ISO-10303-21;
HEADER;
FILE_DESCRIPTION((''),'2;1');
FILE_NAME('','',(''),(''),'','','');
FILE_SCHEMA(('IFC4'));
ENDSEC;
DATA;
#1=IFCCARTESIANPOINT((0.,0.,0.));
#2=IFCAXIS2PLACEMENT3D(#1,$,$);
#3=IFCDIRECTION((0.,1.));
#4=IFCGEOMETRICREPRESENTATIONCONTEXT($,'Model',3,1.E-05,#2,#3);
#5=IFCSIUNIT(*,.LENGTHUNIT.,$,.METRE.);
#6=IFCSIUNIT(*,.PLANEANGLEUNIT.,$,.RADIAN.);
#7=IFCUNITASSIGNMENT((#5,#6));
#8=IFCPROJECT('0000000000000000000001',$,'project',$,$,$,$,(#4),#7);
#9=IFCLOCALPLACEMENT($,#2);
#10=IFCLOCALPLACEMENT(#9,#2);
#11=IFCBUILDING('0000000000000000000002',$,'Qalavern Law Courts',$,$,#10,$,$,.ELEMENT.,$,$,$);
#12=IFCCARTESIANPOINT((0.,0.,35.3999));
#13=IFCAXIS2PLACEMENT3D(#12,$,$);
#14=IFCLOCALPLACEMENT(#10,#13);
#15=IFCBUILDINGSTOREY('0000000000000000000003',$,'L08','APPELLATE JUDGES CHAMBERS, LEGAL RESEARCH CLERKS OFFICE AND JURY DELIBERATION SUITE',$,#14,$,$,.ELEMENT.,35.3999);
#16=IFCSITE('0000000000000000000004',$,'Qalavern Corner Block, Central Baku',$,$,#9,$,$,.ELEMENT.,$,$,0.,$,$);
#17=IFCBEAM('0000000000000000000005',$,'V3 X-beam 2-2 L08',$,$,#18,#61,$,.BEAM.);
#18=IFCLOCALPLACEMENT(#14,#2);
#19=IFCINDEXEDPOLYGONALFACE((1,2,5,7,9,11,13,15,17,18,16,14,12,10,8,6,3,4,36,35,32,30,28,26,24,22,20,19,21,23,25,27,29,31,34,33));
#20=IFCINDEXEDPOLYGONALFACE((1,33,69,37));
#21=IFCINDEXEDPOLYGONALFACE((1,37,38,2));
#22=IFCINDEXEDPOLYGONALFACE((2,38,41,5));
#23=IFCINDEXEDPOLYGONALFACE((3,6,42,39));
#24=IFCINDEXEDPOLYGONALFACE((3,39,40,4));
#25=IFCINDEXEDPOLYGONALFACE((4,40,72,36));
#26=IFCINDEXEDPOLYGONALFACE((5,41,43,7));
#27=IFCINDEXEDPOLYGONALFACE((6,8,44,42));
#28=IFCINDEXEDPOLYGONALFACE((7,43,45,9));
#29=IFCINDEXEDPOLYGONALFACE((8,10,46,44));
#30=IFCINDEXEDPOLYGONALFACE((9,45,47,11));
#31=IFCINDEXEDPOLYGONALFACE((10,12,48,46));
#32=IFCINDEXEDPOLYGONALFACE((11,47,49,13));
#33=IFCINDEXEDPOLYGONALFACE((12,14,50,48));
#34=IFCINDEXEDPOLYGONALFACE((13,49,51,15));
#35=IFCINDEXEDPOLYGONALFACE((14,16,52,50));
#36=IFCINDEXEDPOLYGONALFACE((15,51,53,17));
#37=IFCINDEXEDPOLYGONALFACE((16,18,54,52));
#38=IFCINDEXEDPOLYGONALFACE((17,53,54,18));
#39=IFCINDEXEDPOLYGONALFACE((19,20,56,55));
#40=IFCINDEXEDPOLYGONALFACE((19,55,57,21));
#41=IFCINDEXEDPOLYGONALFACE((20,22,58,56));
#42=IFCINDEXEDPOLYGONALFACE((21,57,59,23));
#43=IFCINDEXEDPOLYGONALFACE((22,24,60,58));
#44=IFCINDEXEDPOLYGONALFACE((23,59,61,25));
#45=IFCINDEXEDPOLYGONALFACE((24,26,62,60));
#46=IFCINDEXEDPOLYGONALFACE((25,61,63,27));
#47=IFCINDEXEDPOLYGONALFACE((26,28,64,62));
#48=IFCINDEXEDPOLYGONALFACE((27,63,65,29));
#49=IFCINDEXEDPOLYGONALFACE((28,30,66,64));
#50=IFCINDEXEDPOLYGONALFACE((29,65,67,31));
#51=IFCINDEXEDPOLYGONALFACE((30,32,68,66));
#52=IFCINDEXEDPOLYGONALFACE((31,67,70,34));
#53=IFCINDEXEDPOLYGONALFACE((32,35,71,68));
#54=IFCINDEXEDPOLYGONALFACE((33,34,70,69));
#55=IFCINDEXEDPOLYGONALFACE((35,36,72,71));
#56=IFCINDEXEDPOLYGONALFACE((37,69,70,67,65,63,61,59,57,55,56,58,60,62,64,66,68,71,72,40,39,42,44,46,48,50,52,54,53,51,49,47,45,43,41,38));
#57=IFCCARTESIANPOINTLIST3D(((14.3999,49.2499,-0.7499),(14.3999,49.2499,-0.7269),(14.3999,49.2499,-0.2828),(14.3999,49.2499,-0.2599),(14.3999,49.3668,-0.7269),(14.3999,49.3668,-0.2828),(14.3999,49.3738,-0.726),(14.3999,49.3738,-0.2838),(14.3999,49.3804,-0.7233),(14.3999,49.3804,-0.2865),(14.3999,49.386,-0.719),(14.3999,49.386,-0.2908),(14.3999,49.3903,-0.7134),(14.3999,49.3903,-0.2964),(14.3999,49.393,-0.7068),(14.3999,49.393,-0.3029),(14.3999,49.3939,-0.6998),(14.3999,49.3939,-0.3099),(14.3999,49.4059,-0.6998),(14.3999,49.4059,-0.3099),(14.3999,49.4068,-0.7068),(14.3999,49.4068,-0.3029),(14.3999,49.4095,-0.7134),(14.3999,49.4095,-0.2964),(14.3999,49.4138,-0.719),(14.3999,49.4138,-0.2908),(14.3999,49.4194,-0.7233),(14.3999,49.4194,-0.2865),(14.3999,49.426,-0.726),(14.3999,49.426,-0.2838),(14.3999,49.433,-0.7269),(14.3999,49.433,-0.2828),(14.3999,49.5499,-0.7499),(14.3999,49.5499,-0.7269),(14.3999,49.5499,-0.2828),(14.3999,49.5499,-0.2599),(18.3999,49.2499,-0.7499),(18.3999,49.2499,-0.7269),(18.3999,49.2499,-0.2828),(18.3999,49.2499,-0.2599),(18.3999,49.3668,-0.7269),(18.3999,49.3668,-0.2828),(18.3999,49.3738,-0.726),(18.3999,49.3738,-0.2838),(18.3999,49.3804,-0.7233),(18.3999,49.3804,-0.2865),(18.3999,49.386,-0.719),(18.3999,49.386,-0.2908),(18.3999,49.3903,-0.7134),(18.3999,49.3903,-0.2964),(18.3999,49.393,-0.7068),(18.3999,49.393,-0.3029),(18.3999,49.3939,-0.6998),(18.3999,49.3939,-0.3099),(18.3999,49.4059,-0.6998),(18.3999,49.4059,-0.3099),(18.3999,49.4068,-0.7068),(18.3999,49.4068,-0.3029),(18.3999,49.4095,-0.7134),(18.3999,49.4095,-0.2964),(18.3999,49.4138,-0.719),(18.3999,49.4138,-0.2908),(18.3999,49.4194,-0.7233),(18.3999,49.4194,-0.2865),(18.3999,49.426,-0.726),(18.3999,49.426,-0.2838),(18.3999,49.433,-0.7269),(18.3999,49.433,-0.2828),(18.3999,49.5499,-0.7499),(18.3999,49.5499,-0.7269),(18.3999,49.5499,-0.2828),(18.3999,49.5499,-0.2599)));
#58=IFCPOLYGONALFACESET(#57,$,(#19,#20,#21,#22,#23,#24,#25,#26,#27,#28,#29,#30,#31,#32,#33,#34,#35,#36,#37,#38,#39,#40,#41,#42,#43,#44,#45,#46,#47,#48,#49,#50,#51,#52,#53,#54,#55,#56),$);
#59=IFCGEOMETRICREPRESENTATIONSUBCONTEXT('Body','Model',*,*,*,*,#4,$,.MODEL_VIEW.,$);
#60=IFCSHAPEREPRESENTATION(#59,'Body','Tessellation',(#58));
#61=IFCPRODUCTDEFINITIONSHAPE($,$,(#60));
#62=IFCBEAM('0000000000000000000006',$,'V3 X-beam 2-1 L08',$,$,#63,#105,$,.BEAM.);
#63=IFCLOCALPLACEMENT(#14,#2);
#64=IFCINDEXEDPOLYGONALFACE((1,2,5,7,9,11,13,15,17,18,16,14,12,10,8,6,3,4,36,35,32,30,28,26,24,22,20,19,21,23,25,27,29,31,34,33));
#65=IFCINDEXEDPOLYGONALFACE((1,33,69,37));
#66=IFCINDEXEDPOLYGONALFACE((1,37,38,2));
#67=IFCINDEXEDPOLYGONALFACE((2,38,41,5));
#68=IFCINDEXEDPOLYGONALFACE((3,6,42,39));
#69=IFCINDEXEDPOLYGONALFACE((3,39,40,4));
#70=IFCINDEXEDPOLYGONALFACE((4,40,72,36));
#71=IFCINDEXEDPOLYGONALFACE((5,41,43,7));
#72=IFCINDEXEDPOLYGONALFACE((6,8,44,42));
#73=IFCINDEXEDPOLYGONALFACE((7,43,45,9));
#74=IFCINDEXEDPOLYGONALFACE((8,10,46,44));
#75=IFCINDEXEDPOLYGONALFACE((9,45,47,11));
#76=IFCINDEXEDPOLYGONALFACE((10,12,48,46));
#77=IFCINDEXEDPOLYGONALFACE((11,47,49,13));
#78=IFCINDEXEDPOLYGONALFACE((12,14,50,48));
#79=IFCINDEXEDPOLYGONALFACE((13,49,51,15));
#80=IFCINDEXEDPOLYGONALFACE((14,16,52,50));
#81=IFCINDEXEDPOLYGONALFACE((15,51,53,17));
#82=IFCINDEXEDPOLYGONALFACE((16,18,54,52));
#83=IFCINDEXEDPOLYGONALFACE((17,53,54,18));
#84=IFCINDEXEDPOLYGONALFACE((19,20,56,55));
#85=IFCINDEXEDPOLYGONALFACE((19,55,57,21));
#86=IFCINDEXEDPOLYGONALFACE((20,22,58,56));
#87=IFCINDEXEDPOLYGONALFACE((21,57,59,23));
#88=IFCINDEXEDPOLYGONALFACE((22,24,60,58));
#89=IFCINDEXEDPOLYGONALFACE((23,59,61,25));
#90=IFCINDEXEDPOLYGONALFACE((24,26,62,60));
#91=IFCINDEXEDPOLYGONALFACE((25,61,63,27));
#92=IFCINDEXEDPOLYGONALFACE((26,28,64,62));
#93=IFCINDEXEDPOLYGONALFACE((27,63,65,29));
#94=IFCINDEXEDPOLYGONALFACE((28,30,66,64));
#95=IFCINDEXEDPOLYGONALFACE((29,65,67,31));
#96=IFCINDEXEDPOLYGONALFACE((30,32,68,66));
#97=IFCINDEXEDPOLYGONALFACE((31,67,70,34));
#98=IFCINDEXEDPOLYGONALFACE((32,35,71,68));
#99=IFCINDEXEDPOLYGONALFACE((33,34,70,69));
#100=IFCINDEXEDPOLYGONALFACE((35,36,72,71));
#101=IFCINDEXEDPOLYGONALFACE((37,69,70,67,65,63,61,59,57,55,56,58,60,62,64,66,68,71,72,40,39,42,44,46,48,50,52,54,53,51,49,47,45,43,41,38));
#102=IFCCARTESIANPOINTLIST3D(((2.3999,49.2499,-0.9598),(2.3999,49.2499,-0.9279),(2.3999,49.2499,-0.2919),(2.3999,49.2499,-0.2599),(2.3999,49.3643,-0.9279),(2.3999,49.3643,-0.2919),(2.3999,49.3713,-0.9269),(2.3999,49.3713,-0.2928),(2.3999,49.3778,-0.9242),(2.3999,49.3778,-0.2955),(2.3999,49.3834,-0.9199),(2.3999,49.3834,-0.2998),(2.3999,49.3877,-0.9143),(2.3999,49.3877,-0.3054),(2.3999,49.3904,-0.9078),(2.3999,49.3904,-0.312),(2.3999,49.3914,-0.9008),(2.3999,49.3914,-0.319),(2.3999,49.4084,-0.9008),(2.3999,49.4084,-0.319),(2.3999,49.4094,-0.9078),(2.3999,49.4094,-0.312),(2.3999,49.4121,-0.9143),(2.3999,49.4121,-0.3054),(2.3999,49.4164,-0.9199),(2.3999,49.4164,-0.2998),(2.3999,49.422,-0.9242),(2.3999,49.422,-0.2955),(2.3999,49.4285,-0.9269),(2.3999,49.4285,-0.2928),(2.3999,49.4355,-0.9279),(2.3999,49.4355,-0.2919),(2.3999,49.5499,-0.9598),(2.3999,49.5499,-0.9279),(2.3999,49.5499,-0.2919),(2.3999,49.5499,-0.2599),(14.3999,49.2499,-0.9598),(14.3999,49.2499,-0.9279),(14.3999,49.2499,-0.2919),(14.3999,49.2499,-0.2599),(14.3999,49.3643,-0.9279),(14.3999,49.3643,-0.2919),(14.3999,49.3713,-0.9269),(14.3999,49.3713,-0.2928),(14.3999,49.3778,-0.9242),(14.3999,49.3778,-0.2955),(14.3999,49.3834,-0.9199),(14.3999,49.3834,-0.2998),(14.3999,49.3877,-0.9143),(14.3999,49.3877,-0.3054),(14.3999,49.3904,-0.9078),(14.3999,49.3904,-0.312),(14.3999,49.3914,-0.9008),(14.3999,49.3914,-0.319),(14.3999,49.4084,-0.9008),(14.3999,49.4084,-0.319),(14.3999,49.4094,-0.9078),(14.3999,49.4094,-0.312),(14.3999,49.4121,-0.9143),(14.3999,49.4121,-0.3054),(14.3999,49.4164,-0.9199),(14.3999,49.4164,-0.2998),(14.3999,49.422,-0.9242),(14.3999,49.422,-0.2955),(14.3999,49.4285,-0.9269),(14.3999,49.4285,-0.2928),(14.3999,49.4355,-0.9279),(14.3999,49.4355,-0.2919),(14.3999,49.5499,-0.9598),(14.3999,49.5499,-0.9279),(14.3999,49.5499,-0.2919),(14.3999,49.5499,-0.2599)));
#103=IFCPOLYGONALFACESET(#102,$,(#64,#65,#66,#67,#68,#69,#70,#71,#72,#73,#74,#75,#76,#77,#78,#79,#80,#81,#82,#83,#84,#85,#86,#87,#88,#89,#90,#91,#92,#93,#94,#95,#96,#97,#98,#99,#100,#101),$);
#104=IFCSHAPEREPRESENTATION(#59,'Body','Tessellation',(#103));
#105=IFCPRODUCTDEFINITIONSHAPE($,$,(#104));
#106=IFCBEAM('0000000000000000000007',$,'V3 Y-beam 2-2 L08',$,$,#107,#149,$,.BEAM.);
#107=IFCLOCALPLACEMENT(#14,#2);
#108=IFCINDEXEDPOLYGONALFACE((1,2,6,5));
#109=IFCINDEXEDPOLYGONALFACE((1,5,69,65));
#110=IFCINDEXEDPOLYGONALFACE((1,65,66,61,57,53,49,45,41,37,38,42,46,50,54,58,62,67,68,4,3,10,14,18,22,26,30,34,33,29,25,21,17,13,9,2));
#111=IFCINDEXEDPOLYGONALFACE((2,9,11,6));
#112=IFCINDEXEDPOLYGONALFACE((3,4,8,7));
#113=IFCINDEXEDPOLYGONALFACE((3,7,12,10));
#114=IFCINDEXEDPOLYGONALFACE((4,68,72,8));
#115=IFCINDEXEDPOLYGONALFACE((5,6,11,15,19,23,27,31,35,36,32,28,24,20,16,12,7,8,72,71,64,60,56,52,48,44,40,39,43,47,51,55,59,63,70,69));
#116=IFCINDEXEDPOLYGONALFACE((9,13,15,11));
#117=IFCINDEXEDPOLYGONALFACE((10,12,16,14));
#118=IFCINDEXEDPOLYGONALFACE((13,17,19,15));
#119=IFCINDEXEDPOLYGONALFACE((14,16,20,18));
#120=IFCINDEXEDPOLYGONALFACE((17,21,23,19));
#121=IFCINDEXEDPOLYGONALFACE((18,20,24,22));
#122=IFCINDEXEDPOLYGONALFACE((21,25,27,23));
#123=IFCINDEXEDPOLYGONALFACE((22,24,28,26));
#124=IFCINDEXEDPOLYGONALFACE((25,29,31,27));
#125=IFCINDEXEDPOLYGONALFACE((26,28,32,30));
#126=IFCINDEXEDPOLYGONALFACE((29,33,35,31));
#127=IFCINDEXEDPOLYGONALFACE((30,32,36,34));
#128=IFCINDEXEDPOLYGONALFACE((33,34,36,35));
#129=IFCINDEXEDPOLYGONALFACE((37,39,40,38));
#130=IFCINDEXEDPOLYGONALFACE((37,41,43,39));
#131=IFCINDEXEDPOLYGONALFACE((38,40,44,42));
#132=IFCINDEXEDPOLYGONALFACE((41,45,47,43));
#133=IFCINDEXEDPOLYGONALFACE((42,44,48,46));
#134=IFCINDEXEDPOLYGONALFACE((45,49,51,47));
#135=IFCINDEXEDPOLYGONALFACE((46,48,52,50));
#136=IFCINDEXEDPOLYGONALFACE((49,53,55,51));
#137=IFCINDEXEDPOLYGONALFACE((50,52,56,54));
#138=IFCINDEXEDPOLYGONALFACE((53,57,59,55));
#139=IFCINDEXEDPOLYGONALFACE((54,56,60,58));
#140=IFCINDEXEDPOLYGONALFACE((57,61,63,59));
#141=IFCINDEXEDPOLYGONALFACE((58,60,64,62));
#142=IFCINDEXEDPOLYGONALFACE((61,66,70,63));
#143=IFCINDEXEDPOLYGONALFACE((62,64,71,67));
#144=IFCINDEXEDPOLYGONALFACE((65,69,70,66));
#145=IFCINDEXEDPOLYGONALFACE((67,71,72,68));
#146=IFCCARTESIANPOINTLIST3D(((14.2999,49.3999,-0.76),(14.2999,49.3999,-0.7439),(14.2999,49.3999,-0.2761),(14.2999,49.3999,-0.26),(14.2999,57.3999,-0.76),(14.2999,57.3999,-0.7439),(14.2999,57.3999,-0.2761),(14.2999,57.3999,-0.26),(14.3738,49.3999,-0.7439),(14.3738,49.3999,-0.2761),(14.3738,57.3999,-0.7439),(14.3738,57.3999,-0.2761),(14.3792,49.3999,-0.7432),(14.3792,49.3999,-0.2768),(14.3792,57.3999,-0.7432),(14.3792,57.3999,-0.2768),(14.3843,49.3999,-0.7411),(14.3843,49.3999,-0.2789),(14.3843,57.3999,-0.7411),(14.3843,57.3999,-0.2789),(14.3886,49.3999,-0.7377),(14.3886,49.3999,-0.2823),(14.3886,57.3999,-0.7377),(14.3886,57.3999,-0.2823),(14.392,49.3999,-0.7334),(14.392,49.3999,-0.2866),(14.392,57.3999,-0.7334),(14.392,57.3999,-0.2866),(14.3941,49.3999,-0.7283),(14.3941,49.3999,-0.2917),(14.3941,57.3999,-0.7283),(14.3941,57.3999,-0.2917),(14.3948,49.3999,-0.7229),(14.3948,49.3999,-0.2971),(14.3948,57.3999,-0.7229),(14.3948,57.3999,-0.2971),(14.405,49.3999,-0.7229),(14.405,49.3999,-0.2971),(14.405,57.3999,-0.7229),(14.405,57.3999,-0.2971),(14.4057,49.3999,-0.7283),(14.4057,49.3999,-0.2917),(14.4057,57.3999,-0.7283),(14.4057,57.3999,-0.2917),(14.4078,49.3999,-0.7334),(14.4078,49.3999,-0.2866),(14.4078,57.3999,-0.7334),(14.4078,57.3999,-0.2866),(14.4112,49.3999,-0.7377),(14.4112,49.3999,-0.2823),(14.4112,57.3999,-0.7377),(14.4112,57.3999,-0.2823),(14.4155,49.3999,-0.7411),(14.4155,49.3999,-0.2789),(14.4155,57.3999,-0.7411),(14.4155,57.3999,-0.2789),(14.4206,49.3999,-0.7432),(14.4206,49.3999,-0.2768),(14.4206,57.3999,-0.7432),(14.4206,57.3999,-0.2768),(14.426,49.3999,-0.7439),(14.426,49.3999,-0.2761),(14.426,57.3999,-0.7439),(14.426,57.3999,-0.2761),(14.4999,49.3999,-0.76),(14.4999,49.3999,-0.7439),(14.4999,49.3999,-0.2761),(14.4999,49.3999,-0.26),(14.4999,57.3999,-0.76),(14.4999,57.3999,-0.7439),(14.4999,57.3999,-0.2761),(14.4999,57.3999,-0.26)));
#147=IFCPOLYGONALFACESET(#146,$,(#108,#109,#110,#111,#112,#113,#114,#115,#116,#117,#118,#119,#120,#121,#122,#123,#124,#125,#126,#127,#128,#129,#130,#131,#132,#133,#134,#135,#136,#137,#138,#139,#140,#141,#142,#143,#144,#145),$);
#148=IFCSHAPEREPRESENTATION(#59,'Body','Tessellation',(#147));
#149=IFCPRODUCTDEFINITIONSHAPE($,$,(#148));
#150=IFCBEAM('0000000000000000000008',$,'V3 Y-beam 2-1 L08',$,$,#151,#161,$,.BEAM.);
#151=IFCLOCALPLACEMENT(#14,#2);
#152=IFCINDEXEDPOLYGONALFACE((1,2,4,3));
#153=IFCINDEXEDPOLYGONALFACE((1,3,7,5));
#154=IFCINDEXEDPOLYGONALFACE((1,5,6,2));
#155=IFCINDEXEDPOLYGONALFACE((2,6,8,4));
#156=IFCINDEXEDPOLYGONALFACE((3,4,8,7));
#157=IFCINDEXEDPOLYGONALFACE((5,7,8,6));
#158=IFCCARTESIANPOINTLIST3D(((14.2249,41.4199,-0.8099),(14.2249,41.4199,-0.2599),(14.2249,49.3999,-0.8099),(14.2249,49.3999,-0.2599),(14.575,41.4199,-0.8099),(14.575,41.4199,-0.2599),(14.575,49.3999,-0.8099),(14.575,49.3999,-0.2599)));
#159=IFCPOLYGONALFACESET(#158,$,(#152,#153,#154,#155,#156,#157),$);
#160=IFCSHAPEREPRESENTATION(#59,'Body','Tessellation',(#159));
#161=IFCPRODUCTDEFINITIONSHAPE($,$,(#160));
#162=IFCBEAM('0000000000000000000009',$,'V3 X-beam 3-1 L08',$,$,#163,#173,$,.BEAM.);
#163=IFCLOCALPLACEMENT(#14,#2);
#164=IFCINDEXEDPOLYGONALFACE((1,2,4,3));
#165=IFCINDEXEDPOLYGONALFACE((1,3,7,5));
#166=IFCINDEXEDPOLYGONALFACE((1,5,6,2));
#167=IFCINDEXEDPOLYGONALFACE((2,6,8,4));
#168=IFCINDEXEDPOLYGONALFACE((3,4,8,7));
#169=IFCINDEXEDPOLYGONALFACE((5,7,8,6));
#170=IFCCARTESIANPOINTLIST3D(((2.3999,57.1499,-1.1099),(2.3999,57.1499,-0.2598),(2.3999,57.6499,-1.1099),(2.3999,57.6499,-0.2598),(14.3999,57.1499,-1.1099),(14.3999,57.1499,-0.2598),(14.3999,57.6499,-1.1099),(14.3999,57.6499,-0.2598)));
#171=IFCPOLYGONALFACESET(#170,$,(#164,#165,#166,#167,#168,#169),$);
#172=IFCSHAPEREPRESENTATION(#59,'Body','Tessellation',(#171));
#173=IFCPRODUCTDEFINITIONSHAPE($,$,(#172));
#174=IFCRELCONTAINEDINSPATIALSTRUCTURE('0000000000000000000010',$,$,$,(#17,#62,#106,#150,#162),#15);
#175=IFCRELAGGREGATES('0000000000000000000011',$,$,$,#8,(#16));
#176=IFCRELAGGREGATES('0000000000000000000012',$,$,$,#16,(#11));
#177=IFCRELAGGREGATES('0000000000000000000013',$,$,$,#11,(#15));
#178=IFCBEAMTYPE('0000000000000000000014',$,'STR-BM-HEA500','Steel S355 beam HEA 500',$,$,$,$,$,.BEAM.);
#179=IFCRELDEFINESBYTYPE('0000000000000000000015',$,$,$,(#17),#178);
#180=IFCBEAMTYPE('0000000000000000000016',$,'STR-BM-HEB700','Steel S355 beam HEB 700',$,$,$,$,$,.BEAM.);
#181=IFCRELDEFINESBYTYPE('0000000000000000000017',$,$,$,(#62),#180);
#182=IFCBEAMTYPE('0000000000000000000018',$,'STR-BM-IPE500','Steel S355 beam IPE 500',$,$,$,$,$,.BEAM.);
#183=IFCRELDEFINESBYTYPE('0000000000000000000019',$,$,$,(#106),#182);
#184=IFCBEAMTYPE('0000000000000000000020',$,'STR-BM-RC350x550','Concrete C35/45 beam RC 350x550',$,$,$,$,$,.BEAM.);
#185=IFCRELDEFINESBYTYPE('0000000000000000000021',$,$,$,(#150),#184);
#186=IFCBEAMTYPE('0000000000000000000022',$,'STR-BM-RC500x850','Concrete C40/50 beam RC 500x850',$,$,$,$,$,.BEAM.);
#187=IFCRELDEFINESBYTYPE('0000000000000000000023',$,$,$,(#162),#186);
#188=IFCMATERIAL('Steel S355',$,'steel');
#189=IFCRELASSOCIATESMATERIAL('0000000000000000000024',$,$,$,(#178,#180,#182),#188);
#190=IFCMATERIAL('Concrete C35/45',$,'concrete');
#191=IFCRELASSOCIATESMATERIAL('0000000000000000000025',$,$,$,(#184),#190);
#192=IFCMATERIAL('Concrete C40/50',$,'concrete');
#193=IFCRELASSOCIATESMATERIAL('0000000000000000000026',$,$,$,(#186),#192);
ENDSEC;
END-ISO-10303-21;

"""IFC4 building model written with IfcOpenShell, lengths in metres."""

from ifc_helpers import new_model, si_unit, direction, frame, origin, origin_2d, place, context, subcontext, project, spatial, rectangle, i_section, extrude, material, material_profile, profile_set, type_object, element, save


model = new_model("IFC4")

# Units and contexts
model_context = context("Model", 3, precision=1e-05, world=origin(), true_north=direction((0.0, 1.0)))
body_context = subcontext(model_context, "Body", "Model", "MODEL_VIEW")
ifc_project = project(units=[si_unit("LENGTHUNIT", "METRE"), si_unit("PLANEANGLEUNIT", "RADIAN")], contexts=[model_context])

# Site, building, storey
site_placement = place(None, origin())
site = spatial("IfcSite", under=ifc_project, at=site_placement, Name="Qalavern Corner Block, Central Baku", CompositionType="ELEMENT", RefElevation=0.0)
building_placement = place(site_placement, origin())
building = spatial("IfcBuilding", under=site, at=building_placement, Name="Qalavern Law Courts", CompositionType="ELEMENT")
storey_placement = place(building_placement, frame((0.0, 0.0, 35.3999)))
storey = spatial("IfcBuildingStorey", under=building, at=storey_placement, Name="L08", Description="APPELLATE JUDGES CHAMBERS, LEGAL RESEARCH CLERKS OFFICE AND JURY DELIBERATION SUITE", CompositionType="ELEMENT", Elevation=35.3999)

# Beams
ifc_material_1 = material(Name="Steel S355", Category="steel")
ifc_material_profile_1 = material_profile(ifc_material_1, i_section(OverallWidth=0.3, OverallDepth=0.49, WebThickness=0.012, FlangeThickness=0.0229, FilletRadius=0.0271, at=origin_2d()), Name="HEA 500")
ifc_profile_set_1 = profile_set([ifc_material_profile_1], Name="Steel S355")
beam_type_1 = type_object("IfcBeamType", Name="STR-BM-HEA500", Description="Steel S355 beam HEA 500", PredefinedType="BEAM", material=ifc_profile_set_1)
beam_1_placement = place(storey_placement, frame((14.3999, 49.3999, -0.5049), z_axis=(1.0, 0.0, 0.0), x_axis=(0.0, 1.0, 0.0)))
element("IfcBeam", 1, at=beam_1_placement, inside=storey, type_object=beam_type_1, Name="V3 X-beam 2-2 L08", PredefinedType="BEAM", context=body_context, shape_type="SweptSolid", body=[
    extrude(i_section(OverallWidth=0.3, OverallDepth=0.49, WebThickness=0.012, FlangeThickness=0.0229, FilletRadius=0.0271, at=origin_2d()), origin(), (0.0, 0.0, 1.0), 4.0),
])
ifc_material_profile_2 = material_profile(ifc_material_1, i_section(OverallWidth=0.3, OverallDepth=0.7, WebThickness=0.0171, FlangeThickness=0.032, FilletRadius=0.0271, at=origin_2d()), Name="HEB 700")
ifc_profile_set_2 = profile_set([ifc_material_profile_2], Name="Steel S355")
beam_type_2 = type_object("IfcBeamType", Name="STR-BM-HEB700", Description="Steel S355 beam HEB 700", PredefinedType="BEAM", material=ifc_profile_set_2)
beam_2_placement = place(storey_placement, frame((2.3999, 49.3999, -0.6099), z_axis=(1.0, 0.0, 0.0), x_axis=(0.0, 1.0, 0.0)))
element("IfcBeam", 2, at=beam_2_placement, inside=storey, type_object=beam_type_2, Name="V3 X-beam 2-1 L08", PredefinedType="BEAM", context=body_context, shape_type="SweptSolid", body=[
    extrude(i_section(OverallWidth=0.3, OverallDepth=0.7, WebThickness=0.0171, FlangeThickness=0.032, FilletRadius=0.0271, at=origin_2d()), origin(), (0.0, 0.0, 1.0), 12.0),
])
ifc_material_profile_3 = material_profile(ifc_material_1, i_section(OverallWidth=0.2, OverallDepth=0.5, WebThickness=0.0103, FlangeThickness=0.0161, FilletRadius=0.021, at=origin_2d()), Name="IPE 500")
ifc_profile_set_3 = profile_set([ifc_material_profile_3], Name="Steel S355")
beam_type_3 = type_object("IfcBeamType", Name="STR-BM-IPE500", Description="Steel S355 beam IPE 500", PredefinedType="BEAM", material=ifc_profile_set_3)
beam_3_placement = place(storey_placement, frame((14.3999, 49.3999, -0.51), z_axis=(0.0, 1.0, 0.0), x_axis=(-1.0, 0.0, 0.0)))
element("IfcBeam", 3, at=beam_3_placement, inside=storey, type_object=beam_type_3, Name="V3 Y-beam 2-2 L08", PredefinedType="BEAM", context=body_context, shape_type="SweptSolid", body=[
    extrude(i_section(OverallWidth=0.2, OverallDepth=0.5, WebThickness=0.0103, FlangeThickness=0.0161, FilletRadius=0.021, at=origin_2d()), origin(), (0.0, 0.0, 1.0), 8.0),
])
ifc_material_2 = material(Name="Concrete C35/45", Category="concrete")
ifc_material_profile_4 = material_profile(ifc_material_2, rectangle(XDim=0.3501, YDim=0.55, at=origin_2d()), Name="RC 350x550")
ifc_profile_set_4 = profile_set([ifc_material_profile_4], Name="Concrete C35/45")
beam_type_4 = type_object("IfcBeamType", Name="STR-BM-RC350x550", Description="Concrete C35/45 beam RC 350x550", PredefinedType="BEAM", material=ifc_profile_set_4)
beam_4_placement = place(storey_placement, frame((14.3999, 41.4199, -0.5349), z_axis=(0.0, 1.0, 0.0), x_axis=(-1.0, 0.0, 0.0)))
element("IfcBeam", 4, at=beam_4_placement, inside=storey, type_object=beam_type_4, Name="V3 Y-beam 2-1 L08", PredefinedType="BEAM", context=body_context, shape_type="SweptSolid", body=[
    extrude(rectangle(XDim=0.3501, YDim=0.55, at=origin_2d()), origin(), (0.0, 0.0, 1.0), 7.98),
])
ifc_material_3 = material(Name="Concrete C40/50", Category="concrete")
ifc_material_profile_5 = material_profile(ifc_material_3, rectangle(XDim=0.5, YDim=0.8501, at=origin_2d()), Name="RC 500x850")
ifc_profile_set_5 = profile_set([ifc_material_profile_5], Name="Concrete C40/50")
beam_type_5 = type_object("IfcBeamType", Name="STR-BM-RC500x850", Description="Concrete C40/50 beam RC 500x850", PredefinedType="BEAM", material=ifc_profile_set_5)
beam_5_placement = place(storey_placement, frame((2.3999, 57.3999, -0.6848), z_axis=(1.0, 0.0, 0.0), x_axis=(0.0, 1.0, 0.0)))
element("IfcBeam", 5, at=beam_5_placement, inside=storey, type_object=beam_type_5, Name="V3 X-beam 3-1 L08", PredefinedType="BEAM", context=body_context, shape_type="SweptSolid", body=[
    extrude(rectangle(XDim=0.5, YDim=0.8501, at=origin_2d()), origin(), (0.0, 0.0, 1.0), 12.0),
])

save(model, "model.ifc")
